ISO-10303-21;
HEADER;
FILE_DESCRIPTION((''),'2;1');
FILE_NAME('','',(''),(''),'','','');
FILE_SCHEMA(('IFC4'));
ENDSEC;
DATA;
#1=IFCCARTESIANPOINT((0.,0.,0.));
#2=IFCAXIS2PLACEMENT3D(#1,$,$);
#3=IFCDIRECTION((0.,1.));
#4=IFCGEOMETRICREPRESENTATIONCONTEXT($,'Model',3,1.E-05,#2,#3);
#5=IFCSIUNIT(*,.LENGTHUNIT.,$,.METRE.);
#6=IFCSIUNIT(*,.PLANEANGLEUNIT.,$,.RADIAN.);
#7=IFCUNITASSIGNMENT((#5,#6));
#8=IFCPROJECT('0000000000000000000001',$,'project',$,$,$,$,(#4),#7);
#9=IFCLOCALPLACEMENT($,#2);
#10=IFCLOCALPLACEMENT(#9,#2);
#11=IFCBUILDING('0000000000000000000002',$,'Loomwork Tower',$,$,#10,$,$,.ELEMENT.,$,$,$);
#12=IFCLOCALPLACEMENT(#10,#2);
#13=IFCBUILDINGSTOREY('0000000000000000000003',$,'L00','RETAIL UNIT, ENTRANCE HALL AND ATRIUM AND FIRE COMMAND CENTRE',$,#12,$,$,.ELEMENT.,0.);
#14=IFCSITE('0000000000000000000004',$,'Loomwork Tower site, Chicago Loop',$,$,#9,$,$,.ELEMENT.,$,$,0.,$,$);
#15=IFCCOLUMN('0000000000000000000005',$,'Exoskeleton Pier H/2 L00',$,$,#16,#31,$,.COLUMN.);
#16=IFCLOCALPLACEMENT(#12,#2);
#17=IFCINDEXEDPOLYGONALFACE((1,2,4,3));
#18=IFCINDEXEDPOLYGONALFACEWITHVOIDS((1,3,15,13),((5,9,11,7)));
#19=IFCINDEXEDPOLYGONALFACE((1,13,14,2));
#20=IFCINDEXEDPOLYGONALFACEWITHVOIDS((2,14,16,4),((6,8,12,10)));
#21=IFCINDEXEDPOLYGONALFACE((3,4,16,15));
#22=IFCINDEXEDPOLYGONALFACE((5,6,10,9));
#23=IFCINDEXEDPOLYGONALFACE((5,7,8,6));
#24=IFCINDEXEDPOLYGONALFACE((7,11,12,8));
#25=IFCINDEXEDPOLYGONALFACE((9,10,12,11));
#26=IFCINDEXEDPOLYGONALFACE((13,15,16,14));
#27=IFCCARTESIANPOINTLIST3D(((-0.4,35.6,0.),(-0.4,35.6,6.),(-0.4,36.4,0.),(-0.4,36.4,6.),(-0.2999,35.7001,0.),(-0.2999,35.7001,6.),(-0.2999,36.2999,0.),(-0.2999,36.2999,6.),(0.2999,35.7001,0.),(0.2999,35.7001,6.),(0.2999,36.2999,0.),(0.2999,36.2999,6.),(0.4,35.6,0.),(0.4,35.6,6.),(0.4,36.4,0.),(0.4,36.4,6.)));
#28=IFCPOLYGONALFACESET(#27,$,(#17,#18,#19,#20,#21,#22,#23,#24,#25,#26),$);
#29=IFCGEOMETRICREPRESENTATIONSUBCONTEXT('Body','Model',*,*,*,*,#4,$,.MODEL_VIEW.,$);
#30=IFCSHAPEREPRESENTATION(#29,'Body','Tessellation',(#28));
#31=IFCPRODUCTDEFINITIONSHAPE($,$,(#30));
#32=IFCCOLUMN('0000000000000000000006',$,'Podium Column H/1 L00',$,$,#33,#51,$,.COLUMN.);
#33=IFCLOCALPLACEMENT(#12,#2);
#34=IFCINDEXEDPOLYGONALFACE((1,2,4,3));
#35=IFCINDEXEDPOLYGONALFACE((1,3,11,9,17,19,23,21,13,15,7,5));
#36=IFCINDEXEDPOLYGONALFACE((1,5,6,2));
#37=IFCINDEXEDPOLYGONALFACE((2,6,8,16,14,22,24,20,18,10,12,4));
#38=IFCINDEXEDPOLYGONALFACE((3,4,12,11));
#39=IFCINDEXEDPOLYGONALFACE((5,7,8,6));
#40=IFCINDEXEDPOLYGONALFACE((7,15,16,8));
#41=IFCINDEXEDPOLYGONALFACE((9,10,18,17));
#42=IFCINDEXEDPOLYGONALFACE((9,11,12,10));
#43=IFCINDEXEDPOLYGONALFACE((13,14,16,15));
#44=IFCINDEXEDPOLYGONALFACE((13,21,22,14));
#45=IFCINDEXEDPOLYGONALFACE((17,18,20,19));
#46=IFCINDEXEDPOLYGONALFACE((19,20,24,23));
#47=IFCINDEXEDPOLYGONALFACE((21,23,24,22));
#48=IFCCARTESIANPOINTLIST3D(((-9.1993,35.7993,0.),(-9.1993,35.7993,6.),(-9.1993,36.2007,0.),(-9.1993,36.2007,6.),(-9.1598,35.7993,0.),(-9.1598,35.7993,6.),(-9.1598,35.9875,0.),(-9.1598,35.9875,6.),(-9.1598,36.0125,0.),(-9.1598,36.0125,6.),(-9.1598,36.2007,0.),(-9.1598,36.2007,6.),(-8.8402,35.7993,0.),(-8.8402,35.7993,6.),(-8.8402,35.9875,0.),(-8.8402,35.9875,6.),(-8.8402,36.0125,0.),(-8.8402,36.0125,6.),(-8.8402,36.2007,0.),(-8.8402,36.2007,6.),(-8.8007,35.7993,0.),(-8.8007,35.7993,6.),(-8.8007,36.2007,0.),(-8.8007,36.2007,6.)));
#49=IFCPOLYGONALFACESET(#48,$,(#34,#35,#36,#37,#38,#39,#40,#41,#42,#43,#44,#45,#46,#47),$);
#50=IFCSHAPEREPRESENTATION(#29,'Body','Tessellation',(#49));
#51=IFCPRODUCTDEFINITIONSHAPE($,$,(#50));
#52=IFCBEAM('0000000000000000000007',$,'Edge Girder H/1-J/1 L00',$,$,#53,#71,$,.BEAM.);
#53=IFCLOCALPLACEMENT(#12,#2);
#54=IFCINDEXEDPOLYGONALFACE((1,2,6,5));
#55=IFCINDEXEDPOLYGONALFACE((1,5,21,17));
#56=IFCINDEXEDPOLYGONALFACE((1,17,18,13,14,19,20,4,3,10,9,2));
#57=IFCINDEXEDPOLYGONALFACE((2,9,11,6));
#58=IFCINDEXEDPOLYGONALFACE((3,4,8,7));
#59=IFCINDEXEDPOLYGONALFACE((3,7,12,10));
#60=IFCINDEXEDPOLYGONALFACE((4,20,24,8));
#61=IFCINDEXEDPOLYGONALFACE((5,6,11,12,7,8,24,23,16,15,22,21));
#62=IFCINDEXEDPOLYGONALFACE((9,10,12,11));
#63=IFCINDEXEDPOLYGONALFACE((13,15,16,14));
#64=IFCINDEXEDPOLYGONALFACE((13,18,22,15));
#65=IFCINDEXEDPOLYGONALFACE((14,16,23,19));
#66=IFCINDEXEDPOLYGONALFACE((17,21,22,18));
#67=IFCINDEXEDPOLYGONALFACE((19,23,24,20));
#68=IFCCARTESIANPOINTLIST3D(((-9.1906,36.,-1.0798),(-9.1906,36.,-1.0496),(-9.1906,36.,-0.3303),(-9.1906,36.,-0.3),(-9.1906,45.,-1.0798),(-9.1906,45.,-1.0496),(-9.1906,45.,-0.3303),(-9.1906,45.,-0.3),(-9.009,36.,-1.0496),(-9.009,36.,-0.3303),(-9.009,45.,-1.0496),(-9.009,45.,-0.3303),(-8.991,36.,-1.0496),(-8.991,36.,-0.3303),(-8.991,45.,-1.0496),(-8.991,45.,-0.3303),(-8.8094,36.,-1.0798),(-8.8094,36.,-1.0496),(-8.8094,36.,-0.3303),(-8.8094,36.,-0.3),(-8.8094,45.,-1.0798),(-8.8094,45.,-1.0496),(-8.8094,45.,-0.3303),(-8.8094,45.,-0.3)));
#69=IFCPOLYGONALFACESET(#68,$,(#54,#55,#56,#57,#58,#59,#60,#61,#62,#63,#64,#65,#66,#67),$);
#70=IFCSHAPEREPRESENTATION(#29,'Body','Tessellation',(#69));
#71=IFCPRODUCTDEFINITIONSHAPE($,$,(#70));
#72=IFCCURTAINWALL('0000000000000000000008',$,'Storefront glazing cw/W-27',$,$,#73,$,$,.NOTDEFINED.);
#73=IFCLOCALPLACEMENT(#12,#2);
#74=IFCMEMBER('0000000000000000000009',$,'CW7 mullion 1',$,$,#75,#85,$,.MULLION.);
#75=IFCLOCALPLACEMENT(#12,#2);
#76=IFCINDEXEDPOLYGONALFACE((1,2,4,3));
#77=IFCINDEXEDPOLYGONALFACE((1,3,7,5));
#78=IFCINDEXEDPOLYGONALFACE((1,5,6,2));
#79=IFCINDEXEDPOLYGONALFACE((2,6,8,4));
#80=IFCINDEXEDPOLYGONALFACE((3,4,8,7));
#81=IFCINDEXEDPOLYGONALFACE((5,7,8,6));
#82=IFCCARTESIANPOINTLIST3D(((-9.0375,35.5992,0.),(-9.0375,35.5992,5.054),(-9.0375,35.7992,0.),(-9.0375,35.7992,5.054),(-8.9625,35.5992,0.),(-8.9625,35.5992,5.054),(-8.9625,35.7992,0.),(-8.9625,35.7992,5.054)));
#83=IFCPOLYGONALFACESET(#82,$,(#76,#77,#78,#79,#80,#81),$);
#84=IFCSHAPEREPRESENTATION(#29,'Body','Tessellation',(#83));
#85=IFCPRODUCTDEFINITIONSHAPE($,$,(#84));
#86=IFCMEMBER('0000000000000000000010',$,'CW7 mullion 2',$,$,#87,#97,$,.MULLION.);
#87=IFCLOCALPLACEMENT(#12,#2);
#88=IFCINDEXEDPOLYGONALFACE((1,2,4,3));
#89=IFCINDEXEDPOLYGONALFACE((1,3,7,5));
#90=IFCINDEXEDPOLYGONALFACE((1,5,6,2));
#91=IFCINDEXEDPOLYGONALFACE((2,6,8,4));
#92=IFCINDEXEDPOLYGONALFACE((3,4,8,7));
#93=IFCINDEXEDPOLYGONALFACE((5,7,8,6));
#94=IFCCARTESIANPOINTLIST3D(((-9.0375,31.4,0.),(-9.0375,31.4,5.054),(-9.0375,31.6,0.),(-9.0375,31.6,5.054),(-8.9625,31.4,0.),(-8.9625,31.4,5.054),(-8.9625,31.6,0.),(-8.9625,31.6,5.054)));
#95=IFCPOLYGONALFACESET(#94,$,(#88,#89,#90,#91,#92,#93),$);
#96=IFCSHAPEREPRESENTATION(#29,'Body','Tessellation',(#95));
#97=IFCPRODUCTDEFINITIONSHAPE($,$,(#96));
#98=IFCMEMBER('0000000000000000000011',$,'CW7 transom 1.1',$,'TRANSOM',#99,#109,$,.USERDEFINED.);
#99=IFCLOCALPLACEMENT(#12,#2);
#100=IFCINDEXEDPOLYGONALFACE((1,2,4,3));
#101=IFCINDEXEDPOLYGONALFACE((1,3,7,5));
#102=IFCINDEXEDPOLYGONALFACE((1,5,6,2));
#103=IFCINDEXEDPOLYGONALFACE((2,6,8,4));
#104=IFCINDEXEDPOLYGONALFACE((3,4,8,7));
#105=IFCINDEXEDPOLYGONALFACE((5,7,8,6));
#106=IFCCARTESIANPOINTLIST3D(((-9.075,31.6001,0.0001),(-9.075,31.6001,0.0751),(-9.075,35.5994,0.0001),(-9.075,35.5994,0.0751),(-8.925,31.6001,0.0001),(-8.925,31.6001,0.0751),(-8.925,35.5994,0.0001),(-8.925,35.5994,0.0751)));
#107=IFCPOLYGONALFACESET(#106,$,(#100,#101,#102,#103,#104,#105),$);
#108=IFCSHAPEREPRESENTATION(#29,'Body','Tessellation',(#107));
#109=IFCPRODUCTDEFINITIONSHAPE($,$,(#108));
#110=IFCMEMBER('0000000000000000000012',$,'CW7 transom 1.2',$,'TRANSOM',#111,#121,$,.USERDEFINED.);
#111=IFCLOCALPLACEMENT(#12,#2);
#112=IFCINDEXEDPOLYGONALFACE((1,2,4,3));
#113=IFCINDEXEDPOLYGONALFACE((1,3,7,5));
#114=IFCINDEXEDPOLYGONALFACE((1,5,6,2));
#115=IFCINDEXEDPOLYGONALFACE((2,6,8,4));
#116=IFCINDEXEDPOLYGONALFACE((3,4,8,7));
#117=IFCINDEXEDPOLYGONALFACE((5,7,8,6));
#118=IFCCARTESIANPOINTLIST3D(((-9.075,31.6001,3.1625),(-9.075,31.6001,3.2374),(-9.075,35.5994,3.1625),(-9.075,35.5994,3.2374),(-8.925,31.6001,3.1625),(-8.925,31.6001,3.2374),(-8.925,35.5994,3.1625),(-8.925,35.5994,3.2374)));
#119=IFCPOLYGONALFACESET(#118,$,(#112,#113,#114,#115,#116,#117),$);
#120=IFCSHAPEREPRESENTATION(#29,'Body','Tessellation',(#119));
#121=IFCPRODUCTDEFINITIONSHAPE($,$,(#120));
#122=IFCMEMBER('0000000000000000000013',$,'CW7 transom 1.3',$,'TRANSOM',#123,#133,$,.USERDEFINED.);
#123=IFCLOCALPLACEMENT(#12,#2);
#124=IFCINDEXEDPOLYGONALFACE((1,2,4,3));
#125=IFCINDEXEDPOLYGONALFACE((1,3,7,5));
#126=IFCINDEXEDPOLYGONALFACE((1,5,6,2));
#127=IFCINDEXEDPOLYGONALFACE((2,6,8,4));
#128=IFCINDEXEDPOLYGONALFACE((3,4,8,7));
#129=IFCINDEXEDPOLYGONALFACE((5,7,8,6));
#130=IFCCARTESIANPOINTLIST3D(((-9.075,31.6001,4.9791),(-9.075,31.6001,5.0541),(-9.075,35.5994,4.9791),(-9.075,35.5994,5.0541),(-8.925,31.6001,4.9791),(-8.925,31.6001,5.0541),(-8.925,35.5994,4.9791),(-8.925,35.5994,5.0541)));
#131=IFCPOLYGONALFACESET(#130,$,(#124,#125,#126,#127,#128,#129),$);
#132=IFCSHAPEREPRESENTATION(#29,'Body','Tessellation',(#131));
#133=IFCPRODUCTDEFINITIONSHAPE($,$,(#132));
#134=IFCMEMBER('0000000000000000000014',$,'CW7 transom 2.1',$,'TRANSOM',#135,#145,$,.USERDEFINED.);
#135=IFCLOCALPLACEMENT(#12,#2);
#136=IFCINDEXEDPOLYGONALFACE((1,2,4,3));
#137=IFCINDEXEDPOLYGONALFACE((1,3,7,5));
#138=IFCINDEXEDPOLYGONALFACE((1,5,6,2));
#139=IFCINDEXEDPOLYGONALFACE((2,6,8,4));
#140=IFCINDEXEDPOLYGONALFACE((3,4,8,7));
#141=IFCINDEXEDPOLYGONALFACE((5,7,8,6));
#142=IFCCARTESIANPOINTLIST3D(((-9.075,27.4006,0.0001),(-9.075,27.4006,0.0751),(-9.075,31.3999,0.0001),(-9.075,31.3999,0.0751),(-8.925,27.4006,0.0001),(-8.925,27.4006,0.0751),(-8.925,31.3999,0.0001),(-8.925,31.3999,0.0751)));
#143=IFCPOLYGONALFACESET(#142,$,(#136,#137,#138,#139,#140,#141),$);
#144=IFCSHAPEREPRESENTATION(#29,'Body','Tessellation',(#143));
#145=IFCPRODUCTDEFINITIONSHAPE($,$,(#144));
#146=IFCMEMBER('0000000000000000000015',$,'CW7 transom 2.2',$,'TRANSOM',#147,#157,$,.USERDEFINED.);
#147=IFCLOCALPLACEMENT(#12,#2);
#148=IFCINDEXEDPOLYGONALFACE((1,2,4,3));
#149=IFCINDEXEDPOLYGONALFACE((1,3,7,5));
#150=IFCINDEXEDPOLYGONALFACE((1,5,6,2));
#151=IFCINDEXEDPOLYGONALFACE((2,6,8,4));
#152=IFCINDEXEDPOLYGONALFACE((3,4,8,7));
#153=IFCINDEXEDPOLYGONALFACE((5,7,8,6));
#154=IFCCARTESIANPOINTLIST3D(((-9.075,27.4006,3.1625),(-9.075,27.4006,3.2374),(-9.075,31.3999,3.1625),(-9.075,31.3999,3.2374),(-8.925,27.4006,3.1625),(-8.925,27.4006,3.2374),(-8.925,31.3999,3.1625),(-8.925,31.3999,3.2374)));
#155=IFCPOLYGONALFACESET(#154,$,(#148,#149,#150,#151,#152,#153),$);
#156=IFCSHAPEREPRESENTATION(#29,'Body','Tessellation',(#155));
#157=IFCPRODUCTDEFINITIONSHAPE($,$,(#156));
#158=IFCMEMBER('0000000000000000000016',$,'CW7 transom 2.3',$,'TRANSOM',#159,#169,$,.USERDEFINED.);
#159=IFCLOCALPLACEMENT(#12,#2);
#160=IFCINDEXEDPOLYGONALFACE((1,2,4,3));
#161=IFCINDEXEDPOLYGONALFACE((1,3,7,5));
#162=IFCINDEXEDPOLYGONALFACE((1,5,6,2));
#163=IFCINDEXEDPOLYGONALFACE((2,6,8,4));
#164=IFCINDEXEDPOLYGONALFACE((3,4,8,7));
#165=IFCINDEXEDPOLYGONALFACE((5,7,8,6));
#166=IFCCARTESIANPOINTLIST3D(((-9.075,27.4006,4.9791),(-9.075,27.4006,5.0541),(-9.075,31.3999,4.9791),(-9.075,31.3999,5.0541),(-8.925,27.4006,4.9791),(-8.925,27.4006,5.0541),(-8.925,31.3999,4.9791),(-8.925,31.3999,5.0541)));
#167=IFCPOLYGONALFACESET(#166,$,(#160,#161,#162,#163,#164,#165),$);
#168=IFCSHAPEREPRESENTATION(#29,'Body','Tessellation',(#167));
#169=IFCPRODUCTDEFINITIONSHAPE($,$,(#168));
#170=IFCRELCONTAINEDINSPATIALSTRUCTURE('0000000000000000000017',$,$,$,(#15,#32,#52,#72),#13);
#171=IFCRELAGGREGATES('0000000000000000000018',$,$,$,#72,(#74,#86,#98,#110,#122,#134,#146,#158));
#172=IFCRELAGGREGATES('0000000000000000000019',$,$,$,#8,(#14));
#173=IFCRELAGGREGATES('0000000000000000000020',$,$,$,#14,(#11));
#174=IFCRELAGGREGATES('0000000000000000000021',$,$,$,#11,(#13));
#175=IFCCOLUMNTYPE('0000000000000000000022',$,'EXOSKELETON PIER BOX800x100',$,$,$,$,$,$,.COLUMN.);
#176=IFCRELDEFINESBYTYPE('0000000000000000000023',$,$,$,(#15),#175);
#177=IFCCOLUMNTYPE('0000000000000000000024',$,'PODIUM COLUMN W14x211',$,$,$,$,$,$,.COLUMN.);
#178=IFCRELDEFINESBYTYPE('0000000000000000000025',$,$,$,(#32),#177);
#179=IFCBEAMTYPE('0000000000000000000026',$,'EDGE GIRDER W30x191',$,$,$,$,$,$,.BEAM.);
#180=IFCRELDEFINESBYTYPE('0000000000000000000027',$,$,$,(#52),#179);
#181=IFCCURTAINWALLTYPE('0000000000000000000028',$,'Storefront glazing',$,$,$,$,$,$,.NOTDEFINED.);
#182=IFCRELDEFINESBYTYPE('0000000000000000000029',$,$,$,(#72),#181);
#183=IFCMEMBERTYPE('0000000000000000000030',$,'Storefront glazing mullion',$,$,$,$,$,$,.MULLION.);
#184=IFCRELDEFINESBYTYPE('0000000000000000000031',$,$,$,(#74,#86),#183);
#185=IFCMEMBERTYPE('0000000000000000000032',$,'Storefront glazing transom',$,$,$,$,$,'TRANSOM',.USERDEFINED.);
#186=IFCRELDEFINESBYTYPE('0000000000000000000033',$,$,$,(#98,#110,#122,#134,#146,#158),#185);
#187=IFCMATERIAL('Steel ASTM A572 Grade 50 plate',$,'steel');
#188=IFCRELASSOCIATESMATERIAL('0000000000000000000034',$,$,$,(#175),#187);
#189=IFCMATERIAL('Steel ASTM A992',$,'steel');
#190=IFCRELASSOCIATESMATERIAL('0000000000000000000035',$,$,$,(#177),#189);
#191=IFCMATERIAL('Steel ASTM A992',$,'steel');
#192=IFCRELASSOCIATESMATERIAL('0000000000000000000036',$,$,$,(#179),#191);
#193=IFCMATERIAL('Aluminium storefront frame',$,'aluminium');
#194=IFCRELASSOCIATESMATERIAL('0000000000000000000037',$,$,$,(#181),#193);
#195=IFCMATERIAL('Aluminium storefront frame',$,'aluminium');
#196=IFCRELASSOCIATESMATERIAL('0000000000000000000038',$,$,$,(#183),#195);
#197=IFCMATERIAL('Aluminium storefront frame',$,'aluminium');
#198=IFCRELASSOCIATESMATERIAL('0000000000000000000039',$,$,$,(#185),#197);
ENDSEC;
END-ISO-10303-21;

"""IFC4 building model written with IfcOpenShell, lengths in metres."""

from ifc_helpers import new_model, si_unit, direction, frame, origin, origin_2d, place, context, subcontext, project, spatial, rectangle, hollow_rectangle, i_section, extrude, material, material_profile, profile_set, type_object, element, aggregate, save


model = new_model("IFC4")

# Units and contexts
model_context = context("Model", 3, precision=1e-05, world=origin(), true_north=direction((0.0, 1.0)))
body_context = subcontext(model_context, "Body", "Model", "MODEL_VIEW")
ifc_project = project(units=[si_unit("LENGTHUNIT", "METRE"), si_unit("PLANEANGLEUNIT", "RADIAN")], contexts=[model_context])

# Site, building, storey
site_placement = place(None, origin())
site = spatial("IfcSite", under=ifc_project, at=site_placement, Name="Loomwork Tower site, Chicago Loop", CompositionType="ELEMENT", RefElevation=0.0)
building_placement = place(site_placement, origin())
building = spatial("IfcBuilding", under=site, at=building_placement, Name="Loomwork Tower", CompositionType="ELEMENT")
storey_placement = place(building_placement, origin())
storey = spatial("IfcBuildingStorey", under=building, at=storey_placement, Name="L00", Description="RETAIL UNIT, ENTRANCE HALL AND ATRIUM AND FIRE COMMAND CENTRE", CompositionType="ELEMENT", Elevation=0.0)

# Columns
ifc_material_1 = material(Name="Steel ASTM A572 Grade 50 plate", Category="steel")
ifc_material_profile_1 = material_profile(ifc_material_1, hollow_rectangle(XDim=0.8, YDim=0.8, WallThickness=0.1001, at=origin_2d()), Name="BOX800x100")
ifc_profile_set_1 = profile_set([ifc_material_profile_1], Name="Steel ASTM A572 Grade 50 plate")
column_type_1 = type_object("IfcColumnType", Name="EXOSKELETON PIER BOX800x100", PredefinedType="COLUMN", material=ifc_profile_set_1)
column_1_placement = place(storey_placement, frame((0.0, 36.0, 0.0), z_axis=(0.0, 0.0, 1.0), x_axis=(1.0, 0.0, 0.0)))
element("IfcColumn", 1, at=column_1_placement, inside=storey, type_object=column_type_1, Name="Exoskeleton Pier H/2 L00", PredefinedType="COLUMN", context=body_context, shape_type="SweptSolid", body=[
    extrude(hollow_rectangle(XDim=0.8, YDim=0.8, WallThickness=0.1001, at=origin_2d()), origin(), (0.0, 0.0, 1.0), 6.0),
])
ifc_material_2 = material(Name="Steel ASTM A992", Category="steel")
ifc_material_profile_2 = material_profile(ifc_material_2, i_section(OverallWidth=0.4014, OverallDepth=0.3987, WebThickness=0.0249, FlangeThickness=0.0396, at=origin_2d()), Name="W14x211")
ifc_profile_set_2 = profile_set([ifc_material_profile_2], Name="Steel ASTM A992")
column_type_2 = type_object("IfcColumnType", Name="PODIUM COLUMN W14x211", PredefinedType="COLUMN", material=ifc_profile_set_2)
column_2_placement = place(storey_placement, frame((-9.0, 36.0, 0.0), z_axis=(0.0, 0.0, 1.0), x_axis=(0.0, 1.0, 0.0)))
element("IfcColumn", 2, at=column_2_placement, inside=storey, type_object=column_type_2, Name="Podium Column H/1 L00", PredefinedType="COLUMN", context=body_context, shape_type="SweptSolid", body=[
    extrude(i_section(OverallWidth=0.4014, OverallDepth=0.3987, WebThickness=0.0249, FlangeThickness=0.0396, at=origin_2d()), origin(), (0.0, 0.0, 1.0), 6.0),
])

# Beam
ifc_material_3 = material(Name="Steel ASTM A992", Category="steel")
ifc_material_profile_3 = material_profile(ifc_material_3, i_section(OverallWidth=0.3811, OverallDepth=0.7798, WebThickness=0.0181, FlangeThickness=0.0303, at=origin_2d()), Name="W30x191")
ifc_profile_set_3 = profile_set([ifc_material_profile_3], Name="Steel ASTM A992")
beam_type_1 = type_object("IfcBeamType", Name="EDGE GIRDER W30x191", PredefinedType="BEAM", material=ifc_profile_set_3)
beam_placement = place(storey_placement, frame((-9.0, 36.0, -0.6899), z_axis=(0.0, 1.0, 0.0), x_axis=(-1.0, 0.0, 0.0)))
element("IfcBeam", 3, at=beam_placement, inside=storey, type_object=beam_type_1, Name="Edge Girder H/1-J/1 L00", PredefinedType="BEAM", context=body_context, shape_type="SweptSolid", body=[
    extrude(i_section(OverallWidth=0.3811, OverallDepth=0.7798, WebThickness=0.0181, FlangeThickness=0.0303, at=origin_2d()), origin(), (0.0, 0.0, 1.0), 9.0),
])

# Curtain wall, members
ifc_material_4 = material(Name="Aluminium storefront frame", Category="aluminium")
curtain_wall_type = type_object("IfcCurtainWallType", Name="Storefront glazing", PredefinedType="NOTDEFINED", material=ifc_material_4)
curtain_wall_placement = place(storey_placement, origin())
curtain_wall = element("IfcCurtainWall", 4, at=curtain_wall_placement, inside=storey, type_object=curtain_wall_type, Name="Storefront glazing cw/W-27", PredefinedType="NOTDEFINED")
ifc_material_5 = material(Name="Aluminium storefront frame", Category="aluminium")
ifc_material_profile_4 = material_profile(ifc_material_5, rectangle(XDim=0.075, YDim=0.2, at=origin_2d()), Name="AL 75x200")
ifc_profile_set_4 = profile_set([ifc_material_profile_4], Name="Aluminium storefront frame")
member_type_1 = type_object("IfcMemberType", Name="Storefront glazing mullion", PredefinedType="MULLION", material=ifc_profile_set_4)
member_1_placement = place(storey_placement, frame((-9.0, 35.6992, 0.0), z_axis=(0.0, 0.0, 1.0), x_axis=(1.0, 0.0, 0.0)))
member_1 = element("IfcMember", 5, at=member_1_placement, type_object=member_type_1, Name="CW7 mullion 1", PredefinedType="MULLION", context=body_context, shape_type="SweptSolid", body=[
    extrude(rectangle(XDim=0.075, YDim=0.2, at=origin_2d()), origin(), (0.0, 0.0, 1.0), 5.054),
])
member_2_placement = place(storey_placement, frame((-9.0, 31.5, 0.0), z_axis=(0.0, 0.0, 1.0), x_axis=(1.0, 0.0, 0.0)))
member_2 = element("IfcMember", 6, at=member_2_placement, type_object=member_type_1, Name="CW7 mullion 2", PredefinedType="MULLION", context=body_context, shape_type="SweptSolid", body=[
    extrude(rectangle(XDim=0.075, YDim=0.2, at=origin_2d()), origin(), (0.0, 0.0, 1.0), 5.054),
])
ifc_material_6 = material(Name="Aluminium storefront frame", Category="aluminium")
ifc_material_profile_5 = material_profile(ifc_material_6, rectangle(XDim=0.1499, YDim=0.075, at=origin_2d()), Name="AL 75x150")
ifc_profile_set_5 = profile_set([ifc_material_profile_5], Name="Aluminium storefront frame")
member_type_2 = type_object("IfcMemberType", Name="Storefront glazing transom", ElementType="TRANSOM", PredefinedType="USERDEFINED", material=ifc_profile_set_5)
member_3_placement = place(storey_placement, frame((-9.0, 35.5994, 0.0376), z_axis=(0.0, -1.0, 0.0), x_axis=(1.0, 0.0, 0.0)))
member_3 = element("IfcMember", 7, at=member_3_placement, type_object=member_type_2, Name="CW7 transom 1.1", ObjectType="TRANSOM", PredefinedType="USERDEFINED", context=body_context, shape_type="SweptSolid", body=[
    extrude(rectangle(XDim=0.1499, YDim=0.075, at=origin_2d()), origin(), (0.0, 0.0, 1.0), 3.9993),
])
member_4_placement = place(storey_placement, frame((-9.0, 35.5994, 3.2), z_axis=(0.0, -1.0, 0.0), x_axis=(1.0, 0.0, 0.0)))
member_4 = element("IfcMember", 8, at=member_4_placement, type_object=member_type_2, Name="CW7 transom 1.2", ObjectType="TRANSOM", PredefinedType="USERDEFINED", context=body_context, shape_type="SweptSolid", body=[
    extrude(rectangle(XDim=0.1499, YDim=0.075, at=origin_2d()), origin(), (0.0, 0.0, 1.0), 3.9993),
])
member_5_placement = place(storey_placement, frame((-9.0, 35.5994, 5.0166), z_axis=(0.0, -1.0, 0.0), x_axis=(1.0, 0.0, 0.0)))
member_5 = element("IfcMember", 9, at=member_5_placement, type_object=member_type_2, Name="CW7 transom 1.3", ObjectType="TRANSOM", PredefinedType="USERDEFINED", context=body_context, shape_type="SweptSolid", body=[
    extrude(rectangle(XDim=0.1499, YDim=0.075, at=origin_2d()), origin(), (0.0, 0.0, 1.0), 3.9993),
])
member_6_placement = place(storey_placement, frame((-9.0, 31.3999, 0.0376), z_axis=(0.0, -1.0, 0.0), x_axis=(1.0, 0.0, 0.0)))
member_6 = element("IfcMember", 10, at=member_6_placement, type_object=member_type_2, Name="CW7 transom 2.1", ObjectType="TRANSOM", PredefinedType="USERDEFINED", context=body_context, shape_type="SweptSolid", body=[
    extrude(rectangle(XDim=0.1499, YDim=0.075, at=origin_2d()), origin(), (0.0, 0.0, 1.0), 3.9993),
])
member_7_placement = place(storey_placement, frame((-9.0, 31.3999, 3.2), z_axis=(0.0, -1.0, 0.0), x_axis=(1.0, 0.0, 0.0)))
member_7 = element("IfcMember", 11, at=member_7_placement, type_object=member_type_2, Name="CW7 transom 2.2", ObjectType="TRANSOM", PredefinedType="USERDEFINED", context=body_context, shape_type="SweptSolid", body=[
    extrude(rectangle(XDim=0.1499, YDim=0.075, at=origin_2d()), origin(), (0.0, 0.0, 1.0), 3.9993),
])
member_8_placement = place(storey_placement, frame((-9.0, 31.3999, 5.0166), z_axis=(0.0, -1.0, 0.0), x_axis=(1.0, 0.0, 0.0)))
member_8 = element("IfcMember", 12, at=member_8_placement, type_object=member_type_2, Name="CW7 transom 2.3", ObjectType="TRANSOM", PredefinedType="USERDEFINED", context=body_context, shape_type="SweptSolid", body=[
    extrude(rectangle(XDim=0.1499, YDim=0.075, at=origin_2d()), origin(), (0.0, 0.0, 1.0), 3.9993),
])

aggregate(curtain_wall, [member_1, member_2, member_3, member_4, member_5, member_6, member_7, member_8])

save(model, "model.ifc")
